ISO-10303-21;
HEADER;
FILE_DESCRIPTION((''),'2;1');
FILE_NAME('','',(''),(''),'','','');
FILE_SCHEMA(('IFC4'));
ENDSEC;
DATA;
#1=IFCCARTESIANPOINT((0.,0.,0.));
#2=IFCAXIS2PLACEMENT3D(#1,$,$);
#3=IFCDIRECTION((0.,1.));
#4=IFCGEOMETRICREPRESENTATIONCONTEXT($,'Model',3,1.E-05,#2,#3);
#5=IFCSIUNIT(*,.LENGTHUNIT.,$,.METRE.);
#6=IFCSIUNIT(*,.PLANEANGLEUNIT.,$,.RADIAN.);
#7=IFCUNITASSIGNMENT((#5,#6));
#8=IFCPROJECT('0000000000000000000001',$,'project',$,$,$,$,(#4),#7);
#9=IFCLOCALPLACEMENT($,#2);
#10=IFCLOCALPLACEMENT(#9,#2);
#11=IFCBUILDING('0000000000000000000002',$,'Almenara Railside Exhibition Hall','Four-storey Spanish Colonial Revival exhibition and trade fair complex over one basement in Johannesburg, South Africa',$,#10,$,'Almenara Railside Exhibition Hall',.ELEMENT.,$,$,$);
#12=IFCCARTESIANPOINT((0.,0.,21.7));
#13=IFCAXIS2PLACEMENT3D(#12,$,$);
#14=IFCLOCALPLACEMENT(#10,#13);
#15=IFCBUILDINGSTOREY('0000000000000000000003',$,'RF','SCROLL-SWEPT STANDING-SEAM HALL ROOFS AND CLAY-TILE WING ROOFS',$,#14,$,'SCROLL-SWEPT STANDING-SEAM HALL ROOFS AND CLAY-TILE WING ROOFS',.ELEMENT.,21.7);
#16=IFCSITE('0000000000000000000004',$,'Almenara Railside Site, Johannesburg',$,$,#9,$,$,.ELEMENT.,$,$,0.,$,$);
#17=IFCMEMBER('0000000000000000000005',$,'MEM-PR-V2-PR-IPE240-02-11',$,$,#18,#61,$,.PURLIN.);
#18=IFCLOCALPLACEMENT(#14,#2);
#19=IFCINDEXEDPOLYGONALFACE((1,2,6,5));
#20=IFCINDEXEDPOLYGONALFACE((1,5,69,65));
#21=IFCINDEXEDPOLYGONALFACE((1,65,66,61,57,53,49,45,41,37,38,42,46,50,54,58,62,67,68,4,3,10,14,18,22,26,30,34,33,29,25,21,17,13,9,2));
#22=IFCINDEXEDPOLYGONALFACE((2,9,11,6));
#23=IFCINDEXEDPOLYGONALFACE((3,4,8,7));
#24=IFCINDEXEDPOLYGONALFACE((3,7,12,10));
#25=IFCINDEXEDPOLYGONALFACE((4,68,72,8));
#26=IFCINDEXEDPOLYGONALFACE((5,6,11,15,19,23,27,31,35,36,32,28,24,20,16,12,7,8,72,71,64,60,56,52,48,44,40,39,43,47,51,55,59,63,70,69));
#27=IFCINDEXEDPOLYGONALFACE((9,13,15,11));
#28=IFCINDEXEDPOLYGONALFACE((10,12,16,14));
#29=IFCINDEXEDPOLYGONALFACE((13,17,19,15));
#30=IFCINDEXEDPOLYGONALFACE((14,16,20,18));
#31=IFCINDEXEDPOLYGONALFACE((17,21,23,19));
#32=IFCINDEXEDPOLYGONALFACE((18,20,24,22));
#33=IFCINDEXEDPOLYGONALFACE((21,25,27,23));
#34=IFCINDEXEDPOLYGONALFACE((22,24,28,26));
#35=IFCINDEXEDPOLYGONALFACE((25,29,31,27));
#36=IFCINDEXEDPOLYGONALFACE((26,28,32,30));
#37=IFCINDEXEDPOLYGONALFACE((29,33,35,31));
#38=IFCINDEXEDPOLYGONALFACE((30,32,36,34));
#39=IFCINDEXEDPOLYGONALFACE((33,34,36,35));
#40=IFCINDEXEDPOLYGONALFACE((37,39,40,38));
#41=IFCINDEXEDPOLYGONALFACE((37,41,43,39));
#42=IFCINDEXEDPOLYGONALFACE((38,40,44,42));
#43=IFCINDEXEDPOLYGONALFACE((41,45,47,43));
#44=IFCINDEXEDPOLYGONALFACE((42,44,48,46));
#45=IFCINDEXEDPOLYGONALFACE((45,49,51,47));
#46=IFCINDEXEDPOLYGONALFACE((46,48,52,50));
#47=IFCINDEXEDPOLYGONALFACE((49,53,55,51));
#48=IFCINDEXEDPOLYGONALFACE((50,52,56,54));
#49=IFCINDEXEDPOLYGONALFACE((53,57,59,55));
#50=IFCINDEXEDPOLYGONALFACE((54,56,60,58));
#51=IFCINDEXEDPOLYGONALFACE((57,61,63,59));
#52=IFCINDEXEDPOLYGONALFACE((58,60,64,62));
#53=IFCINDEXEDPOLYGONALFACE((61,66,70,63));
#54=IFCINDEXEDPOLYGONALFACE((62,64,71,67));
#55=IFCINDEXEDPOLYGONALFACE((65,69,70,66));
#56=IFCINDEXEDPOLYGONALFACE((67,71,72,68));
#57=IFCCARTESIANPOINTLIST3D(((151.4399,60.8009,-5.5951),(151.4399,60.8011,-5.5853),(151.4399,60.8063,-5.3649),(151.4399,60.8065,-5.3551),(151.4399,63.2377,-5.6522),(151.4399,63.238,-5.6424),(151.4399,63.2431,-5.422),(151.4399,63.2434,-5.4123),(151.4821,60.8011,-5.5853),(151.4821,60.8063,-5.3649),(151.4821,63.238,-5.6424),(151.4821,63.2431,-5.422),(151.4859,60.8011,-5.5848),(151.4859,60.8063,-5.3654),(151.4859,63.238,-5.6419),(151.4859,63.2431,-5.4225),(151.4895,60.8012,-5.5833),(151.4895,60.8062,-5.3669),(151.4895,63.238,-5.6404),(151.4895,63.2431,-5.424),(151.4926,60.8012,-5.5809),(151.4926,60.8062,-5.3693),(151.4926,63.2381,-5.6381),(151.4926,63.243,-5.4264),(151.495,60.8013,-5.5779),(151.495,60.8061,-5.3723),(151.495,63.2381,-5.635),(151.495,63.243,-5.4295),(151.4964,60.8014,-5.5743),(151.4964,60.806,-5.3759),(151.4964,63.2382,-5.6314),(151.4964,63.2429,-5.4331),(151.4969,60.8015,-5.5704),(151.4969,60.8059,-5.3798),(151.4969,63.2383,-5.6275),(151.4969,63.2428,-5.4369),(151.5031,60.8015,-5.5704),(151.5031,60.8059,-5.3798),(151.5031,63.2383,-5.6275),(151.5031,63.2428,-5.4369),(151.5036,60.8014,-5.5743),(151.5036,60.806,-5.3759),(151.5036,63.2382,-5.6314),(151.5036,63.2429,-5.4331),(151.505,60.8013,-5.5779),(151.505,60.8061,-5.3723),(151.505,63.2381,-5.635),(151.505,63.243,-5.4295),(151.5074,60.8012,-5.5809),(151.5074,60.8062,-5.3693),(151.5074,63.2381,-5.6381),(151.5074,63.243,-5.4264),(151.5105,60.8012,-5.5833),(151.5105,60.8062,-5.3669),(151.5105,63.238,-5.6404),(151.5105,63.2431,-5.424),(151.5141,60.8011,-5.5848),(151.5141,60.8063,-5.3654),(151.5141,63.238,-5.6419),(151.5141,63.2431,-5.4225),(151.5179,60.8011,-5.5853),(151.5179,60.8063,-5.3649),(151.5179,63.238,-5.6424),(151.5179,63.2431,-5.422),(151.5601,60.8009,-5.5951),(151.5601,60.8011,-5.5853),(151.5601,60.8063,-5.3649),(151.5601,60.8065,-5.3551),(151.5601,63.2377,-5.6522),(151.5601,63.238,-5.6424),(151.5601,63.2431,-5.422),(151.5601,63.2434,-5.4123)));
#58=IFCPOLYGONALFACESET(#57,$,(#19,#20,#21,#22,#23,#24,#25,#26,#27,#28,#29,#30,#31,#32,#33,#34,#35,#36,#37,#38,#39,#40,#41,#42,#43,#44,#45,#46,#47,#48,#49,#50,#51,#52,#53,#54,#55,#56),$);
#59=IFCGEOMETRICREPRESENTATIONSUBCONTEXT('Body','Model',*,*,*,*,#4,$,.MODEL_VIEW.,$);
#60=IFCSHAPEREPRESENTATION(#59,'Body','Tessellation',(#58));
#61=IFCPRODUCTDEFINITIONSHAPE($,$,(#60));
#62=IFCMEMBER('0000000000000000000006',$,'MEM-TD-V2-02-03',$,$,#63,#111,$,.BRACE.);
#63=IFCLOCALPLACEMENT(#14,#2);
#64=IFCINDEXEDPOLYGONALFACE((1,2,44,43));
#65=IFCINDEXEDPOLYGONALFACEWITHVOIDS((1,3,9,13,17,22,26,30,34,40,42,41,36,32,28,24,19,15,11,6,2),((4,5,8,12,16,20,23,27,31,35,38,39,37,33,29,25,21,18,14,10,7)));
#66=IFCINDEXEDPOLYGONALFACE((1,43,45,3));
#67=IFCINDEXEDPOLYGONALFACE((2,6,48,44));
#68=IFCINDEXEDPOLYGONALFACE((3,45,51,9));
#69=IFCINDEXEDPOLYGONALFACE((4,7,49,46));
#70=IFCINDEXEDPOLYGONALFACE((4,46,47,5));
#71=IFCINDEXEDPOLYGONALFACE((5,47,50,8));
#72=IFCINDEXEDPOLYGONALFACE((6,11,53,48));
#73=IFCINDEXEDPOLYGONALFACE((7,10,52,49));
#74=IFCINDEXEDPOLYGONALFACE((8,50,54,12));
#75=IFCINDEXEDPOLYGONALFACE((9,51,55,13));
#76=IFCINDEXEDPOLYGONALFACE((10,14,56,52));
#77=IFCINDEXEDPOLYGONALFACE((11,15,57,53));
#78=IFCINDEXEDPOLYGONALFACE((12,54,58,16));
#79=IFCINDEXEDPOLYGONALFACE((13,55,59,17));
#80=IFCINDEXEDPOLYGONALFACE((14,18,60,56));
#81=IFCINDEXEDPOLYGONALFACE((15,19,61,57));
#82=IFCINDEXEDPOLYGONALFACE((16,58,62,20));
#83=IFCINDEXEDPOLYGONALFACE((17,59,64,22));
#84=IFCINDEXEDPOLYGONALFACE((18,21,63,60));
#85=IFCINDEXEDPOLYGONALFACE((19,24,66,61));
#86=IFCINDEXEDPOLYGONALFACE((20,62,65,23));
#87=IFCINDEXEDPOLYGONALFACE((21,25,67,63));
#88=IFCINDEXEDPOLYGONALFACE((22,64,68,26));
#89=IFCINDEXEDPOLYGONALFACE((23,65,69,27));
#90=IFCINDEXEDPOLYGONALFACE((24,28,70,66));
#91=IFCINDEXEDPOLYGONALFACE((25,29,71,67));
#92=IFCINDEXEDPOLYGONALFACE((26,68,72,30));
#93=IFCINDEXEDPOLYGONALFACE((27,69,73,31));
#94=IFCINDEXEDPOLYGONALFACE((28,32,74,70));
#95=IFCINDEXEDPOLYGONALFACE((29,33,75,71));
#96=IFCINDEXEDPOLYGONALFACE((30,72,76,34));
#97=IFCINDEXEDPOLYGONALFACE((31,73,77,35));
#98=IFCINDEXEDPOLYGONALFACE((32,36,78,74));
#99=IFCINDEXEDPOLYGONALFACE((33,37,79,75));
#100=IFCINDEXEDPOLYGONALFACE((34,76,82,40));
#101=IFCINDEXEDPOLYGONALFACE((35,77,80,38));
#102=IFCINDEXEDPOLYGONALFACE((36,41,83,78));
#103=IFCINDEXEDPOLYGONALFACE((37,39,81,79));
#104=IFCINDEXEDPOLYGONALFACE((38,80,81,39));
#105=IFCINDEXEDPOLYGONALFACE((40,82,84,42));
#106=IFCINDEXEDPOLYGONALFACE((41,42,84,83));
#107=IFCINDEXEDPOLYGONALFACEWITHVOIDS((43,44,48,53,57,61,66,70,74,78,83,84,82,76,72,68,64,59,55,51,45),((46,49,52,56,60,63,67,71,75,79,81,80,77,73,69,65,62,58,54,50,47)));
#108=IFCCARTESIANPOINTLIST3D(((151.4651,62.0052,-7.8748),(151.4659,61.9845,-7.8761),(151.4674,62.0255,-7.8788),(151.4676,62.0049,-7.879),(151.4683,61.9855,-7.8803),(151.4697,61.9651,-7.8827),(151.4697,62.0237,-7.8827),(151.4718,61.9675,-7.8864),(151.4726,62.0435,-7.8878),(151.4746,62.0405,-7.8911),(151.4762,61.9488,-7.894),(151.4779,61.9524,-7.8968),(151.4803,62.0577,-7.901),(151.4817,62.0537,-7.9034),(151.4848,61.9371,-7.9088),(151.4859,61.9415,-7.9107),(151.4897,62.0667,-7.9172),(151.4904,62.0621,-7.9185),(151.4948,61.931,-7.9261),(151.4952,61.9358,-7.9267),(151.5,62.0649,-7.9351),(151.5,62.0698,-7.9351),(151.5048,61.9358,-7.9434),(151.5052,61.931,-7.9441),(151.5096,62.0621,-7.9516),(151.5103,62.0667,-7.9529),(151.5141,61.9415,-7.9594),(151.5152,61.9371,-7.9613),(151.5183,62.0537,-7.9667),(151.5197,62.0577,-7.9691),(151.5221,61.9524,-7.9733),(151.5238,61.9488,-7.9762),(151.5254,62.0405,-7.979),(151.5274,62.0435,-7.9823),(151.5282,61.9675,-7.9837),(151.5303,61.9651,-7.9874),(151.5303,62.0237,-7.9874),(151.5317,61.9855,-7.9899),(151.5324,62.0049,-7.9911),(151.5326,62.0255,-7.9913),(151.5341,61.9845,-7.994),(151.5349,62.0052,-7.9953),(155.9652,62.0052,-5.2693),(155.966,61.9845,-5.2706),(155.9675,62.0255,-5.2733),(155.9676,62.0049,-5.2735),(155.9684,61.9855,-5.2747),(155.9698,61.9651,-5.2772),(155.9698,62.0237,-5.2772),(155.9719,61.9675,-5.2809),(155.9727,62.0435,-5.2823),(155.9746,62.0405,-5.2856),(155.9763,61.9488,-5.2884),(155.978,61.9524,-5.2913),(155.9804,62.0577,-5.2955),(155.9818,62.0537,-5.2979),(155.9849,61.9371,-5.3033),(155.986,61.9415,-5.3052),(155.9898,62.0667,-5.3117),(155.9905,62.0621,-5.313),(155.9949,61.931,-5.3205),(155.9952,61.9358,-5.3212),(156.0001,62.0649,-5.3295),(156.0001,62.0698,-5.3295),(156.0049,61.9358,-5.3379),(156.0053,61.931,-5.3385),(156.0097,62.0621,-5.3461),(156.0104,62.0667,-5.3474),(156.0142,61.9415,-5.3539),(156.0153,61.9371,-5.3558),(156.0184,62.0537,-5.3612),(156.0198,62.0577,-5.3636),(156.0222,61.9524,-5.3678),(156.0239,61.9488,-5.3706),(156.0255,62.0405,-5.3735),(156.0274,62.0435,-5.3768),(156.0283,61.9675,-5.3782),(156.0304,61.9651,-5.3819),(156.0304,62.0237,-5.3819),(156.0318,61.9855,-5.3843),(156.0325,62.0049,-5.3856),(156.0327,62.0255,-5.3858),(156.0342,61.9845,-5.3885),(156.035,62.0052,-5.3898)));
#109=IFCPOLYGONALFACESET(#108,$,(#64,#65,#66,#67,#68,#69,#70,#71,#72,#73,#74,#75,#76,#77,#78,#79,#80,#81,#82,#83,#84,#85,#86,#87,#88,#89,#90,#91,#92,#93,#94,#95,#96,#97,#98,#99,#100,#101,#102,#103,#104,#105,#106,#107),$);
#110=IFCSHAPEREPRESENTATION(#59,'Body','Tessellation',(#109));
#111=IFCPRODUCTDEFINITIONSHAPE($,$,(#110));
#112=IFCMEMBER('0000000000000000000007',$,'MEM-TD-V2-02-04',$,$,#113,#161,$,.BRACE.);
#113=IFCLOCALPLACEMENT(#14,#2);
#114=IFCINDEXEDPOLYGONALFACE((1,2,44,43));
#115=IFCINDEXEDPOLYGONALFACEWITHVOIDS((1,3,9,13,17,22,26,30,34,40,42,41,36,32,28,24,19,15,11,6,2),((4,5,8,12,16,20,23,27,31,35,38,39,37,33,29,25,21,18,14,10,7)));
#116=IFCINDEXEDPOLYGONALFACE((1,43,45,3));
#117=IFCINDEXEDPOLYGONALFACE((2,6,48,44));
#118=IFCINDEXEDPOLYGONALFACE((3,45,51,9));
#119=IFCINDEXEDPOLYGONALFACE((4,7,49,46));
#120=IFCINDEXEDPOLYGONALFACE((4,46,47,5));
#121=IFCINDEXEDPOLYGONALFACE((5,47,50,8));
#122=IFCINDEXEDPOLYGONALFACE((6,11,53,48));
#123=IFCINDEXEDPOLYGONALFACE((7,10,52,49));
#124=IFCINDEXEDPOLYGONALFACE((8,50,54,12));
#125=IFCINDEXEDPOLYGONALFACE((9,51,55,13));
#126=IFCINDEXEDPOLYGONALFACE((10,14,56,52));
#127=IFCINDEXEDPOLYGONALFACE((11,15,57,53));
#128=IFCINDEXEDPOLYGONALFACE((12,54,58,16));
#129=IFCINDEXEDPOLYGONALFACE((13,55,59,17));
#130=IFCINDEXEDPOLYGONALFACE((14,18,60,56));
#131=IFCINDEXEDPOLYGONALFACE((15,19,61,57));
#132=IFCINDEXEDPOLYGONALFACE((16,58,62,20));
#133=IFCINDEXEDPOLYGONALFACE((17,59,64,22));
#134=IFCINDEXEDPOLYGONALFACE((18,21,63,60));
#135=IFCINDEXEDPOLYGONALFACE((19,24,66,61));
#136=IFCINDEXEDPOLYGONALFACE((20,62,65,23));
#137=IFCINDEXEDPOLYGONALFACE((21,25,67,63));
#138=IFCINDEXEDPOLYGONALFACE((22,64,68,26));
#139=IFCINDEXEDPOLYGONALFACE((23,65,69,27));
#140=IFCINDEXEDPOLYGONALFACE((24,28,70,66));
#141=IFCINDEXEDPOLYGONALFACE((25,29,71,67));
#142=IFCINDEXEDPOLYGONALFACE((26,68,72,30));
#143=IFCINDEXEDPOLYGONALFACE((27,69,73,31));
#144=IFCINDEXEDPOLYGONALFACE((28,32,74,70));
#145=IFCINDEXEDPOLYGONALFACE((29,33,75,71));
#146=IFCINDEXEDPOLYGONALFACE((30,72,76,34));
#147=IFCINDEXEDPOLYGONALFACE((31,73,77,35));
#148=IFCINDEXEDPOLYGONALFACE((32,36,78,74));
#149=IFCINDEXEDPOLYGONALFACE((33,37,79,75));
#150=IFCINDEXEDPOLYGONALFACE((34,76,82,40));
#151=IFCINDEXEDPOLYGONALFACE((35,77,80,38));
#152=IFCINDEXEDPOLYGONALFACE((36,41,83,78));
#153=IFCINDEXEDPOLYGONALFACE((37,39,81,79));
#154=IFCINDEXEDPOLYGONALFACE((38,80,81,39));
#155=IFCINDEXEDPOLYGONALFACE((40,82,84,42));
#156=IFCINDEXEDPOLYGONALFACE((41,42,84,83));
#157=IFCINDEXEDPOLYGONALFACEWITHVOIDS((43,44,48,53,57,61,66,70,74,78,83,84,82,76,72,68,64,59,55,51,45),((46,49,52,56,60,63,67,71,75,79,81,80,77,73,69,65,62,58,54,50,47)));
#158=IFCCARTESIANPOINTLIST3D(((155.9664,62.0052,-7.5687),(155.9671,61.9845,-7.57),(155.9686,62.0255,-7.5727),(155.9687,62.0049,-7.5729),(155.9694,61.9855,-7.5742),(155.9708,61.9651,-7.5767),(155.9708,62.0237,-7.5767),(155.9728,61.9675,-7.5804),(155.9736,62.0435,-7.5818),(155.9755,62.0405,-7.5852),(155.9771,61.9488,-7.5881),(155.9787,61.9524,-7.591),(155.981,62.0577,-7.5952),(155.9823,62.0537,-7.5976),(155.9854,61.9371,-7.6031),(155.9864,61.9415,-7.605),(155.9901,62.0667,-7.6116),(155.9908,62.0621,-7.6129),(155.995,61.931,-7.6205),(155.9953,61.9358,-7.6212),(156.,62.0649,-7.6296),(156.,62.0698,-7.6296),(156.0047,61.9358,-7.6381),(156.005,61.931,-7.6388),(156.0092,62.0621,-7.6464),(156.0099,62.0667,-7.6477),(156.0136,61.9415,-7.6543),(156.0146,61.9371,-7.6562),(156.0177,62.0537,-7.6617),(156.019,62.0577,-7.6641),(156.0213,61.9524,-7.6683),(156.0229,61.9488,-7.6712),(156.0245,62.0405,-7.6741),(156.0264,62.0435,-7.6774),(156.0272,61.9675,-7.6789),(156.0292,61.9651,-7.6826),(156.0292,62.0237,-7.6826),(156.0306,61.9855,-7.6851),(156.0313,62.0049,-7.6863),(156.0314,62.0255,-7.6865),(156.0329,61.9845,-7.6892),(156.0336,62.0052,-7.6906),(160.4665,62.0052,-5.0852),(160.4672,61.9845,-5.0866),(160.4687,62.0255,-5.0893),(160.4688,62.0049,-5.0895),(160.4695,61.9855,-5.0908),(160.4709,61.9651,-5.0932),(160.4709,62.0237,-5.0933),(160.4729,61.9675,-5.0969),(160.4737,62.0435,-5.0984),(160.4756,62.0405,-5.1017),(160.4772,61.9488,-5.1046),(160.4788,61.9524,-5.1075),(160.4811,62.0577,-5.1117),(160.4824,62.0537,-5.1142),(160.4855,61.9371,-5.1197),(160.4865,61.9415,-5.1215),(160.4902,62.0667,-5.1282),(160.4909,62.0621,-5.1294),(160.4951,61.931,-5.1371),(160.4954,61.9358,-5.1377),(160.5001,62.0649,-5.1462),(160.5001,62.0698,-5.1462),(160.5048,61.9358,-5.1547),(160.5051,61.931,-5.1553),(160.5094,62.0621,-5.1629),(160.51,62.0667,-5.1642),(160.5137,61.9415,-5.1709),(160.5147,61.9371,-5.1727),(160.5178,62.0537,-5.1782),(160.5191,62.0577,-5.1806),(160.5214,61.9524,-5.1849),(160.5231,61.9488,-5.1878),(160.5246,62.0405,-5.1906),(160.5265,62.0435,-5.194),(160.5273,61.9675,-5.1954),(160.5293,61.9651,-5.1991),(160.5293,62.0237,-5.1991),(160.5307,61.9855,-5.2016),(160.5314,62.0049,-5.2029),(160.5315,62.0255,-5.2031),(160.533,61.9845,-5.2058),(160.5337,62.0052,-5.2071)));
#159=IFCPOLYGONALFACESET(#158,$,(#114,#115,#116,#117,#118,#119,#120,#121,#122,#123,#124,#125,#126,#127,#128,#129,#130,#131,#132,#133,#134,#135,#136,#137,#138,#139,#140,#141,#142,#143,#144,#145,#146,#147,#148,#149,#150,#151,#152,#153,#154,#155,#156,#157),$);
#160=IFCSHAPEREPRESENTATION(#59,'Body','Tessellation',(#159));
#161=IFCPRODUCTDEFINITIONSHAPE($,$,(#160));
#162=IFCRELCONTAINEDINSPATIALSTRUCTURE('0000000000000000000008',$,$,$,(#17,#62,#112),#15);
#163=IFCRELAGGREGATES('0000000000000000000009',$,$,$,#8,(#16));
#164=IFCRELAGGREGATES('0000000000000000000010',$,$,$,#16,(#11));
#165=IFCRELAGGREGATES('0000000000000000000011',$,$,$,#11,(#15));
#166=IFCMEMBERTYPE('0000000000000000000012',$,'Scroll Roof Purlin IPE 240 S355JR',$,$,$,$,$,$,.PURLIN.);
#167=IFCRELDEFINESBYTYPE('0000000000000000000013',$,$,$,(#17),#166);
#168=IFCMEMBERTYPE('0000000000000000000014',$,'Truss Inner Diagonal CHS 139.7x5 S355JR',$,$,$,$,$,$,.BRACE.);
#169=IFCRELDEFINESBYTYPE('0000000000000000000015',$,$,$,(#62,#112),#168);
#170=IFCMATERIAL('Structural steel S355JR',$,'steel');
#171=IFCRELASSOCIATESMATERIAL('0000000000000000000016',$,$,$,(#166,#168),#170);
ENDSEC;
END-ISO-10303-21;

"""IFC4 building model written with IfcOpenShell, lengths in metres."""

from ifc_helpers import new_model, si_unit, direction, frame, origin, origin_2d, place, context, subcontext, project, spatial, hollow_circle, i_section, extrude, material, material_profile, profile_set, type_object, element, save


model = new_model("IFC4")

# Units and contexts
model_context = context("Model", 3, precision=1e-05, world=origin(), true_north=direction((0.0, 1.0)))
body_context = subcontext(model_context, "Body", "Model", "MODEL_VIEW")
ifc_project = project(units=[si_unit("LENGTHUNIT", "METRE"), si_unit("PLANEANGLEUNIT", "RADIAN")], contexts=[model_context])

# Site, building, storey
site_placement = place(None, origin())
site = spatial("IfcSite", under=ifc_project, at=site_placement, Name="Almenara Railside Site, Johannesburg", CompositionType="ELEMENT", RefElevation=0.0)
building_placement = place(site_placement, origin())
building = spatial("IfcBuilding", under=site, at=building_placement, Name="Almenara Railside Exhibition Hall", Description="Four-storey Spanish Colonial Revival exhibition and trade fair complex over one basement in Johannesburg, South Africa", LongName="Almenara Railside Exhibition Hall", CompositionType="ELEMENT")
storey_placement = place(building_placement, frame((0.0, 0.0, 21.7)))
storey = spatial("IfcBuildingStorey", under=building, at=storey_placement, Name="RF", Description="SCROLL-SWEPT STANDING-SEAM HALL ROOFS AND CLAY-TILE WING ROOFS", LongName="SCROLL-SWEPT STANDING-SEAM HALL ROOFS AND CLAY-TILE WING ROOFS", CompositionType="ELEMENT", Elevation=21.7)

# Members
ifc_material_1 = material(Name="Structural steel S355JR", Category="steel")
ifc_material_profile_1 = material_profile(ifc_material_1, i_section(OverallWidth=0.1201, OverallDepth=0.24, WebThickness=0.0061, FlangeThickness=0.0098, FilletRadius=0.0149, at=origin_2d()), Name="IPE 240")
ifc_profile_set_1 = profile_set([ifc_material_profile_1], Name="Structural steel S355JR")
member_type_1 = type_object("IfcMemberType", Name="Scroll Roof Purlin IPE 240 S355JR", PredefinedType="PURLIN", material=ifc_profile_set_1)
member_1_placement = place(storey_placement, frame((151.5, 60.8037, -5.4751), z_axis=(0.0, 0.999725, -0.023438), x_axis=(-1.0, 0.0, 0.0)))
element("IfcMember", 1, at=member_1_placement, inside=storey, type_object=member_type_1, Name="MEM-PR-V2-PR-IPE240-02-11", PredefinedType="PURLIN", context=body_context, shape_type="SweptSolid", body=[
    extrude(i_section(OverallWidth=0.1201, OverallDepth=0.24, WebThickness=0.0061, FlangeThickness=0.0098, FilletRadius=0.0149, at=origin_2d()), origin(), (0.0, 0.0, 1.0), 2.4375),
])
ifc_material_profile_2 = material_profile(ifc_material_1, hollow_circle(Radius=0.0698, WallThickness=0.0049, at=origin_2d()), Name="CHS 139.7x5")
ifc_profile_set_2 = profile_set([ifc_material_profile_2], Name="Structural steel S355JR")
member_type_2 = type_object("IfcMemberType", Name="Truss Inner Diagonal CHS 139.7x5 S355JR", PredefinedType="BRACE", material=ifc_profile_set_2)
member_2_placement = place(storey_placement, frame((151.5, 62.0, -7.9351), z_axis=(0.865409, 0.0, 0.501066), x_axis=(0.0, 1.0, 0.0)))
element("IfcMember", 2, at=member_2_placement, inside=storey, type_object=member_type_2, Name="MEM-TD-V2-02-03", PredefinedType="BRACE", context=body_context, shape_type="SweptSolid", body=[
    extrude(hollow_circle(Radius=0.0698, WallThickness=0.0049, at=origin_2d()), origin(), (0.0, 0.0, 1.0), 5.2),
])
member_3_placement = place(storey_placement, frame((156.0, 62.0, -7.6296), z_axis=(0.875525, 0.0, 0.483173), x_axis=(0.0, 1.0, 0.0)))
element("IfcMember", 3, at=member_3_placement, inside=storey, type_object=member_type_2, Name="MEM-TD-V2-02-04", PredefinedType="BRACE", context=body_context, shape_type="SweptSolid", body=[
    extrude(hollow_circle(Radius=0.0698, WallThickness=0.0049, at=origin_2d()), origin(), (0.0, 0.0, 1.0), 5.1399),
])

save(model, "model.ifc")
